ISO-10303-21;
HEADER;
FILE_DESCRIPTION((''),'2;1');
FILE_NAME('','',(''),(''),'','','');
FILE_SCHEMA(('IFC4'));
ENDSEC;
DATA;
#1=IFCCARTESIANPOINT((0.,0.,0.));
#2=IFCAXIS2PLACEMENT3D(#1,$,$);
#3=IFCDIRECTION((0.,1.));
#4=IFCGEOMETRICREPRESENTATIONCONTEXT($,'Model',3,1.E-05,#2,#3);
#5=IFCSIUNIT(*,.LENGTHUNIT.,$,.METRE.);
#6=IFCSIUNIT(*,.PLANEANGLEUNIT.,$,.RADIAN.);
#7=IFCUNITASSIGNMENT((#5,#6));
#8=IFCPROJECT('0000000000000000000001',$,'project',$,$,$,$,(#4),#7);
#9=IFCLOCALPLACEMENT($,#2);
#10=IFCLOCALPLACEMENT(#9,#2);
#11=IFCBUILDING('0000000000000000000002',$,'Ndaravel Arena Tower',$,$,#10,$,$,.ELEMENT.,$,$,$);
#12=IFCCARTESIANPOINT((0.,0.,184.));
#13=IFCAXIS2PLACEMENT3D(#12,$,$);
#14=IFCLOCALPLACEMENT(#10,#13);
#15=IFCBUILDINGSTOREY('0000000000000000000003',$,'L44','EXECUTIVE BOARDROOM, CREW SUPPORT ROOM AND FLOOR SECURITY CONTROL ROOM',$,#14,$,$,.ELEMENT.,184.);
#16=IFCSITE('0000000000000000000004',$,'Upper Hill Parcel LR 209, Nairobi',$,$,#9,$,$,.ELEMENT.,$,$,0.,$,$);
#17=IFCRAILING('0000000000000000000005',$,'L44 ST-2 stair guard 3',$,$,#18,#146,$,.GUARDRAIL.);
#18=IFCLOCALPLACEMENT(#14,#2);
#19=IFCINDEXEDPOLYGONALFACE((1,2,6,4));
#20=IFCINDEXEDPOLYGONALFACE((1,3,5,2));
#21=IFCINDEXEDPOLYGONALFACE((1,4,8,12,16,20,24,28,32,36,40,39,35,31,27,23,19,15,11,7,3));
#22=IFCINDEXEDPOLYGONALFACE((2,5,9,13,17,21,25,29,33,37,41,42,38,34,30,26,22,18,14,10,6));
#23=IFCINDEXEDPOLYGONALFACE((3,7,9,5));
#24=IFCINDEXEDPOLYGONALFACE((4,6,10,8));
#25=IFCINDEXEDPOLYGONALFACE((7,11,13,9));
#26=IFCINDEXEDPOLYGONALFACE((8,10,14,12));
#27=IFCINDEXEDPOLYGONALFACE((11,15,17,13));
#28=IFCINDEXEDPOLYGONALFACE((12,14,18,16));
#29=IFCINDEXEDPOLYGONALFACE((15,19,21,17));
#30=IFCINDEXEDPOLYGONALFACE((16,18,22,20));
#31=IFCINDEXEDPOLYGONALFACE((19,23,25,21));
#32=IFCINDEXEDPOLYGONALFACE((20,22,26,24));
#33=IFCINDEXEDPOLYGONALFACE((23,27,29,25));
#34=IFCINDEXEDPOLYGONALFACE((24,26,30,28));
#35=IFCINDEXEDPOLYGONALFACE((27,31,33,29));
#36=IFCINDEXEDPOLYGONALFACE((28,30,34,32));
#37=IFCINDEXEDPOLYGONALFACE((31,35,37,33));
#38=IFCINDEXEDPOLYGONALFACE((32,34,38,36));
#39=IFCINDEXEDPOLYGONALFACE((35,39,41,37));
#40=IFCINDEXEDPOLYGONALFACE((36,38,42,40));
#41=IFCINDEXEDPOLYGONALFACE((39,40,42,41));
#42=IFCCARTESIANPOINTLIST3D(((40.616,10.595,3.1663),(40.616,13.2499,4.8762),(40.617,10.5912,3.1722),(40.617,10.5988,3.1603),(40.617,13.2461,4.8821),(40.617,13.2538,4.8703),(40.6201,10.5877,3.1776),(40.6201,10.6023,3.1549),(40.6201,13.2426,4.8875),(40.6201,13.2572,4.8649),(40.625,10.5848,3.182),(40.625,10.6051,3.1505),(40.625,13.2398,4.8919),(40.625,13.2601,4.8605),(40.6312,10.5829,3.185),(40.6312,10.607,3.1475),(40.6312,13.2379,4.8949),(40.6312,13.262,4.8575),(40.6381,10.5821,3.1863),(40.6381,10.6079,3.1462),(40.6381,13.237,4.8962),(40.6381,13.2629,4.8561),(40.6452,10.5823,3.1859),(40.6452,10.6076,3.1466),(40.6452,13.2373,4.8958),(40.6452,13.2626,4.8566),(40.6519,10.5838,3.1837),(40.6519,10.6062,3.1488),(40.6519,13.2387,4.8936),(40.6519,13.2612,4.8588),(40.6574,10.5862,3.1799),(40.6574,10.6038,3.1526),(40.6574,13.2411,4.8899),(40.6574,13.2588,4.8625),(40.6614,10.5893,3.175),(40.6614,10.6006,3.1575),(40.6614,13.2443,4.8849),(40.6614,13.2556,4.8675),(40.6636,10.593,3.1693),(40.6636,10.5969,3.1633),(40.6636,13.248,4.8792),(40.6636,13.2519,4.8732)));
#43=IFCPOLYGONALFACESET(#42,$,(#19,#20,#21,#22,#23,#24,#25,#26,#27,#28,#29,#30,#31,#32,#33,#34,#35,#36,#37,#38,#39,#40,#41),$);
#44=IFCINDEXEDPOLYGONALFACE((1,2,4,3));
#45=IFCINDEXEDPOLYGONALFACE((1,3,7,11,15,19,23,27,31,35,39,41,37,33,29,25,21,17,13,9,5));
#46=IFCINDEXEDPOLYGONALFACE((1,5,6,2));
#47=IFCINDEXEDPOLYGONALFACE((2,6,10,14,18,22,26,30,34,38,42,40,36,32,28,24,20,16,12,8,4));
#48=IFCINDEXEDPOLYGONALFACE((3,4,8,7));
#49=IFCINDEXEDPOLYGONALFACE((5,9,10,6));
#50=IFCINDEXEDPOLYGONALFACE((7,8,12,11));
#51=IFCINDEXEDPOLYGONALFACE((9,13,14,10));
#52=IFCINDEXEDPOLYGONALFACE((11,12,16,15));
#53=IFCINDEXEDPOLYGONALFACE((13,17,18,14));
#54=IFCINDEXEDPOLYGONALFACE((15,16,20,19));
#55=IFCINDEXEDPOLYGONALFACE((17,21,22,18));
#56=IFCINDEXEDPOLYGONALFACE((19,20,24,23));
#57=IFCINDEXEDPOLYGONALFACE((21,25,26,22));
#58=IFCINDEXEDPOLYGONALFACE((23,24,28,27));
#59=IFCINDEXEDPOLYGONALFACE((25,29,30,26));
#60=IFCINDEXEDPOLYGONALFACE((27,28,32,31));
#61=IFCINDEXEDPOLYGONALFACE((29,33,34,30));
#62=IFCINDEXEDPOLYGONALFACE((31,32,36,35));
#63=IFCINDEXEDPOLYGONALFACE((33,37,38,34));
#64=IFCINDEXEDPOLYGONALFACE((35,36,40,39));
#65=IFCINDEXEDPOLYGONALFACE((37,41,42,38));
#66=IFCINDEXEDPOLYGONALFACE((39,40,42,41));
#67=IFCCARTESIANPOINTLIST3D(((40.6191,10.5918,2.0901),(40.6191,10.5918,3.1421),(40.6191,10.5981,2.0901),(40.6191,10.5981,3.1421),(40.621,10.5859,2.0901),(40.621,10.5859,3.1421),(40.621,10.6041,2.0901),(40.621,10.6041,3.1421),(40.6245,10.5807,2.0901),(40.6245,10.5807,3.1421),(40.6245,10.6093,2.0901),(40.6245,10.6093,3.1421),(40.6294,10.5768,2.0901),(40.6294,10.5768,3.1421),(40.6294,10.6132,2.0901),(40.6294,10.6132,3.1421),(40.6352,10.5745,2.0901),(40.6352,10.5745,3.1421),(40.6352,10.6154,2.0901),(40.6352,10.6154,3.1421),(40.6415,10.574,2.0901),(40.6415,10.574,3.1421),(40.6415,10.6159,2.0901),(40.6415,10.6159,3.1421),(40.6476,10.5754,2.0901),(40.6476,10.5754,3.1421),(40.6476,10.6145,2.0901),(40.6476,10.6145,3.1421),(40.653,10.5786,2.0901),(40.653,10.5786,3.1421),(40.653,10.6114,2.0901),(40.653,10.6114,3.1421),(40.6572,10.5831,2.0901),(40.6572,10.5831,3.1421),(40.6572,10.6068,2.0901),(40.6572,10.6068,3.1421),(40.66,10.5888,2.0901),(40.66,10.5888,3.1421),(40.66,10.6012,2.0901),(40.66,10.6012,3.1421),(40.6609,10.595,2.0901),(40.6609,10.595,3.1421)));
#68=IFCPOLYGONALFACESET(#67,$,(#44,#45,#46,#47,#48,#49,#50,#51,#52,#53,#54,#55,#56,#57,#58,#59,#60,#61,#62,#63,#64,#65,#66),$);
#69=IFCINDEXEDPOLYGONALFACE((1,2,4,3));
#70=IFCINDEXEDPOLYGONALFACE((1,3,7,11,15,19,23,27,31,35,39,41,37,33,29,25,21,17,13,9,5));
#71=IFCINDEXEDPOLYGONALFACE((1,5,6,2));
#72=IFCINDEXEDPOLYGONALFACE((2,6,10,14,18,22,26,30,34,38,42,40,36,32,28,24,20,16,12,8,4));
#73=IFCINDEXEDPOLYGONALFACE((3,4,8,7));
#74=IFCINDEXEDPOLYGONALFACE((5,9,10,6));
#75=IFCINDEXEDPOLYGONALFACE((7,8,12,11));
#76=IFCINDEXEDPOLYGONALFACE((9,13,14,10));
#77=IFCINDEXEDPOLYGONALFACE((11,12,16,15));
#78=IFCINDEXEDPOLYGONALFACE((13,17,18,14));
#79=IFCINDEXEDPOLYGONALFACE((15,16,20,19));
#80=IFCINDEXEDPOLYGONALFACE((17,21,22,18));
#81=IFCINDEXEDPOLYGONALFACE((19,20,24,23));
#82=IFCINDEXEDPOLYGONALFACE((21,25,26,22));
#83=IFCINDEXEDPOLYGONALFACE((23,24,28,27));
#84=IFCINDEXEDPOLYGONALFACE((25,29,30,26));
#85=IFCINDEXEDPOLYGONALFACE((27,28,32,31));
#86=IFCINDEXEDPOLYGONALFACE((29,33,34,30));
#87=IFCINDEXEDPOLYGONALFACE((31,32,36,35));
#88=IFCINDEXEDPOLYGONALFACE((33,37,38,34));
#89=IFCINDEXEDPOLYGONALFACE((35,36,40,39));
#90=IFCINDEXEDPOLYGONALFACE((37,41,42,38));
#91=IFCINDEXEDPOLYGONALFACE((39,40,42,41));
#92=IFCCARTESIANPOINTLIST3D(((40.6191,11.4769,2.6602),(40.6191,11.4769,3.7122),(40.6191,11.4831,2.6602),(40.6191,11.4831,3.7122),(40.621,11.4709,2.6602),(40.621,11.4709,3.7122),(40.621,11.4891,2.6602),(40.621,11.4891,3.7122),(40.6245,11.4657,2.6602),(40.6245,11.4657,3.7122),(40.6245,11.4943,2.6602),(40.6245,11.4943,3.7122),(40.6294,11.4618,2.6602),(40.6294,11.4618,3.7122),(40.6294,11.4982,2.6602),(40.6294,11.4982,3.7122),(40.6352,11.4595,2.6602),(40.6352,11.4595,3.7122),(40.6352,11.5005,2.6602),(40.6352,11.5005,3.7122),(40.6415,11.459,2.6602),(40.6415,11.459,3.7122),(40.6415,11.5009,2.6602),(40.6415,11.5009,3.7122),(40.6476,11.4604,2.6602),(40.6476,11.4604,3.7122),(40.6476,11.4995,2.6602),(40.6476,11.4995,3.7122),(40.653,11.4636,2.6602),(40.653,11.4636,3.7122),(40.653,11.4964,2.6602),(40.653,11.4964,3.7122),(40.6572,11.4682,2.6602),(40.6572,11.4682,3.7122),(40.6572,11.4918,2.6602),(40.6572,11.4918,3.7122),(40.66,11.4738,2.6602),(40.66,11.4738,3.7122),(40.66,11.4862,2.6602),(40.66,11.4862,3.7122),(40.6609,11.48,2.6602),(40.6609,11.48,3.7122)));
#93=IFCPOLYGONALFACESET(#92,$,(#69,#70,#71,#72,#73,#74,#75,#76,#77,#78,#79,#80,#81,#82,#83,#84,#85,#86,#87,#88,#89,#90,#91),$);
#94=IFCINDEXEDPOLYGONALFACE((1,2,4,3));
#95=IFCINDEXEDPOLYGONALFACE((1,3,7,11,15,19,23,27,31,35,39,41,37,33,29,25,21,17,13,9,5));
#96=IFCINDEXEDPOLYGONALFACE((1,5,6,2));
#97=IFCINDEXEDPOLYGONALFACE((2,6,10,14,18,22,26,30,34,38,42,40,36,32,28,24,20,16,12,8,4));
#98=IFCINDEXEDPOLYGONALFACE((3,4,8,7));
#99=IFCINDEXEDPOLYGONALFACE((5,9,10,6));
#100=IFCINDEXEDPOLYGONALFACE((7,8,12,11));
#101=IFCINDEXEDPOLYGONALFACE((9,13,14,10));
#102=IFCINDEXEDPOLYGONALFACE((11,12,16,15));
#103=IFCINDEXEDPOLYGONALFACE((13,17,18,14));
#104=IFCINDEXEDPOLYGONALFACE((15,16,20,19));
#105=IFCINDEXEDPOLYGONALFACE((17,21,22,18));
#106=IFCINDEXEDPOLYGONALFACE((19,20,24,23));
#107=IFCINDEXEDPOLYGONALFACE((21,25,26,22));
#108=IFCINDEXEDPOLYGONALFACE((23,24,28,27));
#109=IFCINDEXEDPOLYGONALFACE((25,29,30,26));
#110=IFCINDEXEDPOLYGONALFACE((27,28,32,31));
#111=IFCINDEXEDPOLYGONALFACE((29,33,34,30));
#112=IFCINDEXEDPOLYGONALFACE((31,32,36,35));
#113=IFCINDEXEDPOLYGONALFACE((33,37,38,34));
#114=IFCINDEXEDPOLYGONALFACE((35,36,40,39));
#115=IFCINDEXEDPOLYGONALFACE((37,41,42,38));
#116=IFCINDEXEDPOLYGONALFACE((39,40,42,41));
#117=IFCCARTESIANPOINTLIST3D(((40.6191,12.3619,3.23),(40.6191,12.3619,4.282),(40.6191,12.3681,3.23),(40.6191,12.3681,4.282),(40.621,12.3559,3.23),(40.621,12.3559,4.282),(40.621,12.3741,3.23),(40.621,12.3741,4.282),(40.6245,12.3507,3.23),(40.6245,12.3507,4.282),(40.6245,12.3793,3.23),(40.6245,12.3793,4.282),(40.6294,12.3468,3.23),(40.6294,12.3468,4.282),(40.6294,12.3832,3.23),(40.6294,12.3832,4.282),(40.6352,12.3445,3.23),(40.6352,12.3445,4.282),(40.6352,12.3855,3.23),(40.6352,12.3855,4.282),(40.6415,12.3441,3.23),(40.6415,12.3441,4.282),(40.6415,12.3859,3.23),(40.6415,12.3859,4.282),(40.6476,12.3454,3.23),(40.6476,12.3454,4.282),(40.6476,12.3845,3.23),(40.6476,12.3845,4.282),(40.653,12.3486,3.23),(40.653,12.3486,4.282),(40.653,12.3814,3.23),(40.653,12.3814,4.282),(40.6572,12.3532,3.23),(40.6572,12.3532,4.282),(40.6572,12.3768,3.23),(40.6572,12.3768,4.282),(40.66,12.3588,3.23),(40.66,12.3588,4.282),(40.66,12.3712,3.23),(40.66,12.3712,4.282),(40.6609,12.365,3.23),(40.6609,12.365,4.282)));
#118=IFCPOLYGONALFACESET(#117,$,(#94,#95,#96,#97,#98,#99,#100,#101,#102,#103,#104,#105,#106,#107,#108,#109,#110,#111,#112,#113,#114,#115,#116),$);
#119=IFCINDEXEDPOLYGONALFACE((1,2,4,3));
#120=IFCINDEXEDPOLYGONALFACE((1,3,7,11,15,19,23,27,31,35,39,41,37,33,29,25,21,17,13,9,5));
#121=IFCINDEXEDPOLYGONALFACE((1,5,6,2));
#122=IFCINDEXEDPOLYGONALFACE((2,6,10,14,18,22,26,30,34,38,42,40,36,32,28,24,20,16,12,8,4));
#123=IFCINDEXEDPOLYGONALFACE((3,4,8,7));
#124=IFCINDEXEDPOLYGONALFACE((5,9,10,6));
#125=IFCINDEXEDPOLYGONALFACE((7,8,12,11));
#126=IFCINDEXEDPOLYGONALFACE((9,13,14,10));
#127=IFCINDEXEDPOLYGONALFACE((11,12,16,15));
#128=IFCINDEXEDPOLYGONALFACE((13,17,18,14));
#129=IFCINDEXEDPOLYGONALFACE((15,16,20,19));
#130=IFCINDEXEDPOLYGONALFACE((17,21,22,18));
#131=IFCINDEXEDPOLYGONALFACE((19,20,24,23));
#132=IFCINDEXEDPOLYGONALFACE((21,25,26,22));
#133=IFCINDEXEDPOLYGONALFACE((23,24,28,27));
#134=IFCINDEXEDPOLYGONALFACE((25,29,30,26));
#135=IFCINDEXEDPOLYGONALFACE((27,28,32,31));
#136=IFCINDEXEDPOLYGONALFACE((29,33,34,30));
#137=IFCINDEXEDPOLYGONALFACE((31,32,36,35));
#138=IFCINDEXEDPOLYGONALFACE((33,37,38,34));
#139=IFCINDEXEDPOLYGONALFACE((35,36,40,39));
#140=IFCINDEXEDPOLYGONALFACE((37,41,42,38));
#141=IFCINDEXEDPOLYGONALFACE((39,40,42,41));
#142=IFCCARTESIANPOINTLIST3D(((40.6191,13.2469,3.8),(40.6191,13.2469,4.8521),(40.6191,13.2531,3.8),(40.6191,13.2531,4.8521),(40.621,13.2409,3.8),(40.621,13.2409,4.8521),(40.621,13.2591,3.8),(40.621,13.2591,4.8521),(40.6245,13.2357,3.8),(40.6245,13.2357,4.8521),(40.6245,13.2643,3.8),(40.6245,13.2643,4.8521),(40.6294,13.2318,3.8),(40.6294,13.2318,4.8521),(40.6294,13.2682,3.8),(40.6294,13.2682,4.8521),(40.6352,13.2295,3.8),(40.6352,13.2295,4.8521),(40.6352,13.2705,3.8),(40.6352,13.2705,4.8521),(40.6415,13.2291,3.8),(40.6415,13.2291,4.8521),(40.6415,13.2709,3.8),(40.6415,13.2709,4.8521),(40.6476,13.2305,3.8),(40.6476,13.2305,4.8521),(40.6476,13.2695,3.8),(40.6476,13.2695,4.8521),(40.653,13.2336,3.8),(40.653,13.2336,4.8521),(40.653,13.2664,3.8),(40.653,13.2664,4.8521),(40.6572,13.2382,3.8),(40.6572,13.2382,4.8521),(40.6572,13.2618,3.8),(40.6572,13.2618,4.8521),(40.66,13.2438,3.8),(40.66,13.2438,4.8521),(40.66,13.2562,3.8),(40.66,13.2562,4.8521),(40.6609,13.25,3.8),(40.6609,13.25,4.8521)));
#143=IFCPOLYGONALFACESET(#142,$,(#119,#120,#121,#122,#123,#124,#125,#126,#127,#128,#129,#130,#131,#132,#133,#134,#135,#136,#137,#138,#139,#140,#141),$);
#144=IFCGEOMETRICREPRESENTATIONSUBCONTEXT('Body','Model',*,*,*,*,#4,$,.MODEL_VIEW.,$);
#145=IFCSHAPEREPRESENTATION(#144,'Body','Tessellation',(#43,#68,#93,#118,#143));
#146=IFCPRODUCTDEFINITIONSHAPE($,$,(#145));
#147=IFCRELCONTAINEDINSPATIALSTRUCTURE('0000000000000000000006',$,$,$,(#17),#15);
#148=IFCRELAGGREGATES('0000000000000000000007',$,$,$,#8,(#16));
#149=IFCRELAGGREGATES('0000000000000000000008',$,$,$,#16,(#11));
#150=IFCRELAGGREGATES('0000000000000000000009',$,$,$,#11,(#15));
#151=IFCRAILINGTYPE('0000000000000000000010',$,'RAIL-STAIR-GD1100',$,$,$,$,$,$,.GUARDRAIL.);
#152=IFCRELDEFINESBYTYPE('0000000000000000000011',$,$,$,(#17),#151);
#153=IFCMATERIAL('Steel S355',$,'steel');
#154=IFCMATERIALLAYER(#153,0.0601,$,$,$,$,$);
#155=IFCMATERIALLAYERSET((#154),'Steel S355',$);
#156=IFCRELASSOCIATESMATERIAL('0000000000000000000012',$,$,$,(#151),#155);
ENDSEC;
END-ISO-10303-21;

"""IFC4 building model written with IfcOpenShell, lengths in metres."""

from ifc_helpers import new_model, si_unit, direction, frame, origin, origin_2d, place, context, subcontext, project, spatial, circle, extrude, material, layer, layer_set, type_object, element, save


model = new_model("IFC4")

# Units and contexts
model_context = context("Model", 3, precision=1e-05, world=origin(), true_north=direction((0.0, 1.0)))
body_context = subcontext(model_context, "Body", "Model", "MODEL_VIEW")
ifc_project = project(units=[si_unit("LENGTHUNIT", "METRE"), si_unit("PLANEANGLEUNIT", "RADIAN")], contexts=[model_context])

# Site, building, storey
site_placement = place(None, origin())
site = spatial("IfcSite", under=ifc_project, at=site_placement, Name="Upper Hill Parcel LR 209, Nairobi", CompositionType="ELEMENT", RefElevation=0.0)
building_placement = place(site_placement, origin())
building = spatial("IfcBuilding", under=site, at=building_placement, Name="Ndaravel Arena Tower", CompositionType="ELEMENT")
storey_placement = place(building_placement, frame((0.0, 0.0, 184.0)))
storey = spatial("IfcBuildingStorey", under=building, at=storey_placement, Name="L44", Description="EXECUTIVE BOARDROOM, CREW SUPPORT ROOM AND FLOOR SECURITY CONTROL ROOM", CompositionType="ELEMENT", Elevation=184.0)

# Railing
ifc_material_1 = material(Name="Steel S355", Category="steel")
ifc_layer_1 = layer(ifc_material_1, 0.0601)
ifc_layer_set_1 = layer_set([ifc_layer_1], Name="Steel S355")
railing_type_1 = type_object("IfcRailingType", Name="RAIL-STAIR-GD1100", PredefinedType="GUARDRAIL", material=ifc_layer_set_1)
railing_1_placement = place(storey_placement, frame((40.6399, 10.595, 2.0901)))
element("IfcRailing", 1, at=railing_1_placement, inside=storey, type_object=railing_type_1, Name="L44 ST-2 stair guard 3", PredefinedType="GUARDRAIL", context=body_context, shape_type="SweptSolid", body=[
    extrude(circle(Radius=0.0239, at=origin_2d()), frame((0.0, 0.0, 1.0762), z_axis=(0.0, 0.840724, 0.541465), x_axis=(-1.0, 0.0, 0.0)), (0.0, 0.0, 1.0), 3.158),
    extrude(circle(Radius=0.021, at=origin_2d()), origin(), (0.0, 0.0, 1.0), 1.052),
    extrude(circle(Radius=0.021, at=origin_2d()), frame((0.0, 0.885, 0.5701)), (0.0, 0.0, 1.0), 1.052),
    extrude(circle(Radius=0.021, at=origin_2d()), frame((0.0, 1.77, 1.1399)), (0.0, 0.0, 1.0), 1.052),
    extrude(circle(Radius=0.021, at=origin_2d()), frame((0.0, 2.655, 1.71)), (0.0, 0.0, 1.0), 1.052),
])

save(model, "model.ifc")
